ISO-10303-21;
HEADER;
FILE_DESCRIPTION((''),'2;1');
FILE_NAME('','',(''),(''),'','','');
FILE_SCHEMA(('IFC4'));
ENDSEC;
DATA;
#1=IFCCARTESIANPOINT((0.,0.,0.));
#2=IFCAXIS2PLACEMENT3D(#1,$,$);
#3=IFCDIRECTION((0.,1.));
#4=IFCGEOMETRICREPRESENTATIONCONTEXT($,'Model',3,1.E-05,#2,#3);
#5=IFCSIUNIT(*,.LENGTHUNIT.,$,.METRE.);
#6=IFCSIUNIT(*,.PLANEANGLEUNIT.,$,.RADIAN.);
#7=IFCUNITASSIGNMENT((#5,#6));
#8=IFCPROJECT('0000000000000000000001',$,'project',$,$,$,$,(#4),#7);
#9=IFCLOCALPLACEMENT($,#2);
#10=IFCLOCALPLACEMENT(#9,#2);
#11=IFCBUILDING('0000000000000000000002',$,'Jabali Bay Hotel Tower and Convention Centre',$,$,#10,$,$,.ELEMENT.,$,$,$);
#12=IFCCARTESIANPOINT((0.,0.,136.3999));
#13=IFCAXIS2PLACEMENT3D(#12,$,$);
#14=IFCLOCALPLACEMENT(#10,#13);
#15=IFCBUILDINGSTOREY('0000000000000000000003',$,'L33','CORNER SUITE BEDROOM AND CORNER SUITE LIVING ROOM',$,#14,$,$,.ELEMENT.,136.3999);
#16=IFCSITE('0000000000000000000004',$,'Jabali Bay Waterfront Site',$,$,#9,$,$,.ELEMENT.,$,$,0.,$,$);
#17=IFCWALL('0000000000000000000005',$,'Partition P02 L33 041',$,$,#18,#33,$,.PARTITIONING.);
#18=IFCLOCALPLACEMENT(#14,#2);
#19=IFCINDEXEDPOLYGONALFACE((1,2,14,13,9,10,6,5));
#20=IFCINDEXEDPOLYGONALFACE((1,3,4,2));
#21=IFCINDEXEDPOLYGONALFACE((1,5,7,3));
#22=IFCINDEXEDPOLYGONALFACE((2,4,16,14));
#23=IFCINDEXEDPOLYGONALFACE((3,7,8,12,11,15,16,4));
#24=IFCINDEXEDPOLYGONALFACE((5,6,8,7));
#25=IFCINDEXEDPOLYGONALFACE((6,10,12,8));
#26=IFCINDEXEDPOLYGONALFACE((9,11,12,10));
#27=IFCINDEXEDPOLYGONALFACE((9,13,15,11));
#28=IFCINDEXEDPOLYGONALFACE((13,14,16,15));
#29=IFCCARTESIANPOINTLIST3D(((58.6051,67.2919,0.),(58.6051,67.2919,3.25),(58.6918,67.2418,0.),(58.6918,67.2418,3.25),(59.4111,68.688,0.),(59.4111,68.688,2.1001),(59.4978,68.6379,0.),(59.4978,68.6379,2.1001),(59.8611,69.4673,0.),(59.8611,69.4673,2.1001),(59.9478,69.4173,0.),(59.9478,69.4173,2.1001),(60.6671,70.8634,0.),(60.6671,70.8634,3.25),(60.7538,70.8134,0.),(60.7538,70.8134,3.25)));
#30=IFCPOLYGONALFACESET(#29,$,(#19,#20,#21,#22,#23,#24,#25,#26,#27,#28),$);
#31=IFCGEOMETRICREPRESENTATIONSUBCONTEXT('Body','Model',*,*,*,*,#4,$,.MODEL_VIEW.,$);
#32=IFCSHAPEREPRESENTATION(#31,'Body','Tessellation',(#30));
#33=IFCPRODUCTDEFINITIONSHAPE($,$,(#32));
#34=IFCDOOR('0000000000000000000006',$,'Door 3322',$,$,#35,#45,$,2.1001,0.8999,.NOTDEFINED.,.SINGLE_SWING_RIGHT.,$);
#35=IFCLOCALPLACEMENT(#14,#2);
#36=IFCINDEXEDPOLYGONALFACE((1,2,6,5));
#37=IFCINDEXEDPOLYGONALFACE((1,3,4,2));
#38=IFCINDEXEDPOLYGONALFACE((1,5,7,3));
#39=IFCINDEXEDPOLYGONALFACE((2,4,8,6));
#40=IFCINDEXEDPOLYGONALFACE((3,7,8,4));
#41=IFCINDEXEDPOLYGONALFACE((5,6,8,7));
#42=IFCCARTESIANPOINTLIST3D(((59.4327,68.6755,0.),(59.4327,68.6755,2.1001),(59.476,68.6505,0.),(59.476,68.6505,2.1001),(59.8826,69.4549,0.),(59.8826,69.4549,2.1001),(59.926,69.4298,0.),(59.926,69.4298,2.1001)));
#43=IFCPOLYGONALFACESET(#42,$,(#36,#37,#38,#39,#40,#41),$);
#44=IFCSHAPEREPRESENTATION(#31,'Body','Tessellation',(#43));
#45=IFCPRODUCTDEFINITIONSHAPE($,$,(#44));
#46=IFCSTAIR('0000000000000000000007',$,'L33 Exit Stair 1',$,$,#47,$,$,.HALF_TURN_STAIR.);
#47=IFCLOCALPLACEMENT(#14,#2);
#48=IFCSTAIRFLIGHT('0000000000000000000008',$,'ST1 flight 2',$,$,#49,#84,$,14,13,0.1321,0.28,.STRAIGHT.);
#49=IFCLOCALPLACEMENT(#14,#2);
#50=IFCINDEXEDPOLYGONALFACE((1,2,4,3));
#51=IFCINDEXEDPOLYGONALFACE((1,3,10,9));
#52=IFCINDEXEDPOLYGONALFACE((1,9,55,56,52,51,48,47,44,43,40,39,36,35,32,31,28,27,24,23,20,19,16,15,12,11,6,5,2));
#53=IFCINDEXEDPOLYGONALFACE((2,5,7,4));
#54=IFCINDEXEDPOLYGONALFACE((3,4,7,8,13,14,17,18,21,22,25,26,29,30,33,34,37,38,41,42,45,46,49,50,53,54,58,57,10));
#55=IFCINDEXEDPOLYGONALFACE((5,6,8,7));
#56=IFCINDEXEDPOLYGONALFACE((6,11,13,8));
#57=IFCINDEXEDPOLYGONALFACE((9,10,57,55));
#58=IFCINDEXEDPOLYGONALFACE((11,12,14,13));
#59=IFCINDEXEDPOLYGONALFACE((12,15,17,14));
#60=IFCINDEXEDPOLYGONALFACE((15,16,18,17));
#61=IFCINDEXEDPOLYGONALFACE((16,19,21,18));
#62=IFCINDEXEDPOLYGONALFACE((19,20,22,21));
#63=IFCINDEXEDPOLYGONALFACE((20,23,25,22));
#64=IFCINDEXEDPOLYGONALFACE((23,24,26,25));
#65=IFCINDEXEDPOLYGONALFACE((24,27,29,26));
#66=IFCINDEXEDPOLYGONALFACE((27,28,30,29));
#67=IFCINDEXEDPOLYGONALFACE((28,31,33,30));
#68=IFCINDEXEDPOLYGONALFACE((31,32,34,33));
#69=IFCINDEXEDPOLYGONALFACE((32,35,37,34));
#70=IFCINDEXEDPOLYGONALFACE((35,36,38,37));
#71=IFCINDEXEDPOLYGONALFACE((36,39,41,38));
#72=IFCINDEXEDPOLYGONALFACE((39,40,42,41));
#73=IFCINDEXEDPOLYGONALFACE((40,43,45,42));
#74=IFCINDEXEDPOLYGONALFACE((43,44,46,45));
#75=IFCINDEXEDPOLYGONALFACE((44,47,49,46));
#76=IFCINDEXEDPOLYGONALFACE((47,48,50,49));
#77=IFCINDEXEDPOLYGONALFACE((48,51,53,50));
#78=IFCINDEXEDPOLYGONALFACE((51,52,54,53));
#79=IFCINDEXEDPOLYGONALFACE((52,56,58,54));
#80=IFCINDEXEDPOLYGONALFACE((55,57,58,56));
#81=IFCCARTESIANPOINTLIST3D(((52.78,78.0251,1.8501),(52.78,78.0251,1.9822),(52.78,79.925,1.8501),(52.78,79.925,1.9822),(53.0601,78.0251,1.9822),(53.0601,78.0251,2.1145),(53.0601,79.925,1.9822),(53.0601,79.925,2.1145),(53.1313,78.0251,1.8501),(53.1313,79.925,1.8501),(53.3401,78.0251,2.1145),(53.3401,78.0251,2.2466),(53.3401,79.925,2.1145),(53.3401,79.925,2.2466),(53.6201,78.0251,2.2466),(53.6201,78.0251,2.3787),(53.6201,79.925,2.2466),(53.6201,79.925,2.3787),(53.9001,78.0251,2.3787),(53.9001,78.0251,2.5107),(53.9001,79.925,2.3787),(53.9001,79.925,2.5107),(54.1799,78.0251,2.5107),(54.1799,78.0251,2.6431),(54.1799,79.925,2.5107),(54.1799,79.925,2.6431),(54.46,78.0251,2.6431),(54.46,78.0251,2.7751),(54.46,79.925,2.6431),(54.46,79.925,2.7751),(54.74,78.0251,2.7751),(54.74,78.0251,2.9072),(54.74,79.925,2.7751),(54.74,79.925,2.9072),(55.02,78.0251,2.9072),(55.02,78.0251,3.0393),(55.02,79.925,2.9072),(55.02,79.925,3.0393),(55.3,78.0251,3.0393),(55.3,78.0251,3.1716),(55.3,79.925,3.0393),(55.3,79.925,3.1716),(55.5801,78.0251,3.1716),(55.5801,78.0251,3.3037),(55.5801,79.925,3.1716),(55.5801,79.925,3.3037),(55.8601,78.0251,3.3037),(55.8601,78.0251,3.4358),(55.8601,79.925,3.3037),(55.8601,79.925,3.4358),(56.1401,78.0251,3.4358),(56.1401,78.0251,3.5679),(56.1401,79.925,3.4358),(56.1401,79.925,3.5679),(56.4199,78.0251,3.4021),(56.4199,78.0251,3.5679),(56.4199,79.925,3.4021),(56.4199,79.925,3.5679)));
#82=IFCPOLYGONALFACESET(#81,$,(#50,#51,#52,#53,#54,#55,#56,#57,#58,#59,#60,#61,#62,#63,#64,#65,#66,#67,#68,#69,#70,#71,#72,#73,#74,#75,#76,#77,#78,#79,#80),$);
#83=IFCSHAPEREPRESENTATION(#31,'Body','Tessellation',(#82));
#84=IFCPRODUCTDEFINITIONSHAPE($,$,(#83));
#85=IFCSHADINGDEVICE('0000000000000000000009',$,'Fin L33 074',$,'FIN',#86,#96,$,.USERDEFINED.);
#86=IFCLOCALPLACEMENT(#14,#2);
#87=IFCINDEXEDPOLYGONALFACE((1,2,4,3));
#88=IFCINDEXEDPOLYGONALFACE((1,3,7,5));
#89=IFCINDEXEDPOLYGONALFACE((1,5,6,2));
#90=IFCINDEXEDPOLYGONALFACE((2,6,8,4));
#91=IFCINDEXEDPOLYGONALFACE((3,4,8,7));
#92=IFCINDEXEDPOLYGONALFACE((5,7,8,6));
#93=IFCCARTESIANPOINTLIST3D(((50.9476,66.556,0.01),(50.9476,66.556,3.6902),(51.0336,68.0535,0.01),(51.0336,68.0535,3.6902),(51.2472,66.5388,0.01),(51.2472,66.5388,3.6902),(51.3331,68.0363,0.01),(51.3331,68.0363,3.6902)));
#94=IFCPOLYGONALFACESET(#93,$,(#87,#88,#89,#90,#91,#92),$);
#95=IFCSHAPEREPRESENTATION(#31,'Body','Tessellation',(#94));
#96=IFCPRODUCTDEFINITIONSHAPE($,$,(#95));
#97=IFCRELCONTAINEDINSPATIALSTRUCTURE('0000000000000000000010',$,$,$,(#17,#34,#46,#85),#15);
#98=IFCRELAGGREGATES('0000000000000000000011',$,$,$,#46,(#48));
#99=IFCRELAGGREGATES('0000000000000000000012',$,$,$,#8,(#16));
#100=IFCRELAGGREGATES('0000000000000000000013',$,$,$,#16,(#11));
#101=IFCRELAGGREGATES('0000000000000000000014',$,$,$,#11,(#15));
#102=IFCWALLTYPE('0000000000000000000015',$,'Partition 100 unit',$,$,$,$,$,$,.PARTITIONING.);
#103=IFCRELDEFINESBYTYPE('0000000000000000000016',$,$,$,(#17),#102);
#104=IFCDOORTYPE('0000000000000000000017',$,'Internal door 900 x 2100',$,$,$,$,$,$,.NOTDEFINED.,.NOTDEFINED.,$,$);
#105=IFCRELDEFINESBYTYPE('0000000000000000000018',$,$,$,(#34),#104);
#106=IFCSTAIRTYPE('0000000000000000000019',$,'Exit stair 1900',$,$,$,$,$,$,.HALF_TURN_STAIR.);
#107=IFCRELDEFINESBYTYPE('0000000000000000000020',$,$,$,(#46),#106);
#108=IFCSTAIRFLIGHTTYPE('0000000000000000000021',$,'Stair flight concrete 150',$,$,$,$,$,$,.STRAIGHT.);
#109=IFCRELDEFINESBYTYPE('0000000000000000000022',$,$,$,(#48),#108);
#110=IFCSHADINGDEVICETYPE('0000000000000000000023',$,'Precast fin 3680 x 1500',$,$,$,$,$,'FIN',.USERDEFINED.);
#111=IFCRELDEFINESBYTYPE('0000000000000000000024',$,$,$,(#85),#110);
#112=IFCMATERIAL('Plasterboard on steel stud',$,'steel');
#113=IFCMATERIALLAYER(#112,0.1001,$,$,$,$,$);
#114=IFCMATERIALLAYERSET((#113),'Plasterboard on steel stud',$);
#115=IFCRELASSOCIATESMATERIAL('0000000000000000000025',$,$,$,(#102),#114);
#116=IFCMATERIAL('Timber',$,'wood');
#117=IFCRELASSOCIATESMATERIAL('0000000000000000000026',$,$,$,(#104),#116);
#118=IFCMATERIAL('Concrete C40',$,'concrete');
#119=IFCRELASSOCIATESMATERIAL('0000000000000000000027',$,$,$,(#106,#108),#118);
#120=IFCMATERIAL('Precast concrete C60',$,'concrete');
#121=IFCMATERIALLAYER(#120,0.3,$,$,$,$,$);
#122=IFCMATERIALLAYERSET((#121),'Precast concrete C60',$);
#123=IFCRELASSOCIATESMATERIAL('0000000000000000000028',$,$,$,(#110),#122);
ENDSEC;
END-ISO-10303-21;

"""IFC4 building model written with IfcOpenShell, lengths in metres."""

from ifc_helpers import new_model, si_unit, direction, frame, frame_2d, origin, place, context, subcontext, project, spatial, polyline, rectangle, outline, extrude, material, layer, layer_set, type_object, element, fill, aggregate, save


model = new_model("IFC4")

# Units and contexts
model_context = context("Model", 3, precision=1e-05, world=origin(), true_north=direction((0.0, 1.0)))
body_context = subcontext(model_context, "Body", "Model", "MODEL_VIEW")
ifc_project = project(units=[si_unit("LENGTHUNIT", "METRE"), si_unit("PLANEANGLEUNIT", "RADIAN")], contexts=[model_context])

# Site, building, storey
site_placement = place(None, origin())
site = spatial("IfcSite", under=ifc_project, at=site_placement, Name="Jabali Bay Waterfront Site", CompositionType="ELEMENT", RefElevation=0.0)
building_placement = place(site_placement, origin())
building = spatial("IfcBuilding", under=site, at=building_placement, Name="Jabali Bay Hotel Tower and Convention Centre", CompositionType="ELEMENT")
storey_placement = place(building_placement, frame((0.0, 0.0, 136.3999)))
storey = spatial("IfcBuildingStorey", under=building, at=storey_placement, Name="L33", Description="CORNER SUITE BEDROOM AND CORNER SUITE LIVING ROOM", CompositionType="ELEMENT", Elevation=136.3999)

# Shared definitions
ifc_material_1 = material(Name="Concrete C40", Category="concrete")

# Wall, opening, door
ifc_material_2 = material(Name="Plasterboard on steel stud", Category="steel")
ifc_layer_1 = layer(ifc_material_2, 0.1001)
ifc_layer_set_1 = layer_set([ifc_layer_1], Name="Plasterboard on steel stud")
wall_type_1 = type_object("IfcWallType", Name="Partition 100 unit", PredefinedType="PARTITIONING", material=ifc_layer_set_1)
wall_1_placement = place(storey_placement, frame((60.7104, 70.8384, 0.0), z_axis=(0.0, 0.0, 1.0), x_axis=(-0.499997, -0.866027, 0.0)))
wall_1 = element("IfcWall", 1, at=wall_1_placement, inside=storey, type_object=wall_type_1, Name="Partition P02 L33 041", PredefinedType="PARTITIONING", context=body_context, shape_type="SweptSolid", body=[
    extrude(rectangle(XDim=4.124, YDim=0.1001, at=frame_2d((2.062, 0.0))), origin(), (0.0, 0.0, 1.0), 3.25),
])
opening_1_placement = place(wall_1_placement, frame((1.6121, 0.0, 0.0)))
opening_1 = element("IfcOpeningElement", 2, at=opening_1_placement, cuts=wall_1, PredefinedType="OPENING", context=body_context, shape_type="SweptSolid", body=[
    extrude(rectangle(XDim=0.8999, YDim=2.1001, at=frame_2d((0.45, 1.05))), frame((0.0, 0.0605, 0.0), z_axis=(0.0, -1.0, 0.0), x_axis=(1.0, 0.0, 0.0)), (0.0, 0.0, 1.0), 0.1211),
])
ifc_material_3 = material(Name="Timber", Category="wood")
door_type_1 = type_object("IfcDoorType", Name="Internal door 900 x 2100", OperationType="NOTDEFINED", PredefinedType="NOTDEFINED", material=ifc_material_3)
door_1_placement = place(opening_1_placement, origin())
door_1 = element("IfcDoor", 3, at=door_1_placement, inside=storey, type_object=door_type_1, Name="Door 3322", OperationType="SINGLE_SWING_RIGHT", OverallHeight=2.1001, OverallWidth=0.8999, PredefinedType="NOTDEFINED", context=body_context, shape_type="SweptSolid", body=[
    extrude(rectangle(XDim=0.8999, YDim=2.1001, at=frame_2d((0.45, 1.05))), frame((0.0, 0.0249, 0.0), z_axis=(0.0, -1.0, 0.0), x_axis=(1.0, 0.0, 0.0)), (0.0, 0.0, 1.0), 0.05),
])
fill(opening_1, door_1)

# Stair, stair flight
stair_type = type_object("IfcStairType", Name="Exit stair 1900", PredefinedType="HALF_TURN_STAIR", material=ifc_material_1)
stair_placement = place(storey_placement, origin())
stair = element("IfcStair", 4, at=stair_placement, inside=storey, type_object=stair_type, Name="L33 Exit Stair 1", PredefinedType="HALF_TURN_STAIR")
stair_flight_type = type_object("IfcStairFlightType", Name="Stair flight concrete 150", PredefinedType="STRAIGHT", material=ifc_material_1)
stair_flight_placement = place(storey_placement, frame((52.78, 78.9751, 1.8501), z_axis=(0.0, 0.0, 1.0), x_axis=(1.0, 0.0, 0.0)))
stair_flight = element("IfcStairFlight", 5, at=stair_flight_placement, type_object=stair_flight_type, Name="ST1 flight 2", NumberOfRisers=14, NumberOfTreads=13, PredefinedType="STRAIGHT", RiserHeight=0.1321, TreadLength=0.28, context=body_context, shape_type="SweptSolid", body=[
    extrude(outline(polyline([(0.0, 0.0), (0.0, 0.1321), (0.28, 0.1321), (0.28, 0.2644), (0.5601, 0.2644), (0.5601, 0.3965), (0.8401, 0.3965), (0.8401, 0.5286), (1.1201, 0.5286), (1.1201, 0.6606), (1.3999, 0.6606), (1.3999, 0.793), (1.6799, 0.793), (1.6799, 0.925), (1.96, 0.925), (1.96, 1.0571), (2.24, 1.0571), (2.24, 1.1892), (2.52, 1.1892), (2.52, 1.3215), (2.8, 1.3215), (2.8, 1.4536), (3.0801, 1.4536), (3.0801, 1.5857), (3.3601, 1.5857), (3.3601, 1.7178), (3.6399, 1.7178), (3.6399, 1.8501), (3.6399, 1.552), (0.3513, 0.0), (0.0, 0.0)])), frame((0.0, 0.95, 0.0), z_axis=(0.0, -1.0, 0.0), x_axis=(1.0, 0.0, 0.0)), (0.0, 0.0, 1.0), 1.8999),
])
aggregate(stair, [stair_flight])

# Shading device
ifc_material_4 = material(Name="Precast concrete C60", Category="concrete")
ifc_layer_2 = layer(ifc_material_4, 0.3)
ifc_layer_set_2 = layer_set([ifc_layer_2], Name="Precast concrete C60")
shading_device_type = type_object("IfcShadingDeviceType", Name="Precast fin 3680 x 1500", ElementType="FIN", PredefinedType="USERDEFINED", material=ifc_layer_set_2)
shading_device_placement = place(storey_placement, frame((51.1833, 68.0449, 0.01), z_axis=(0.0, 0.0, 1.0), x_axis=(-0.057291, -0.998358, 0.0)))
element("IfcShadingDevice", 6, at=shading_device_placement, inside=storey, type_object=shading_device_type, Name="Fin L33 074", ObjectType="FIN", PredefinedType="USERDEFINED", context=body_context, shape_type="SweptSolid", body=[
    extrude(rectangle(XDim=1.5, YDim=0.3, at=frame_2d((0.75, 0.0))), origin(), (0.0, 0.0, 1.0), 3.6802),
])

save(model, "model.ifc")
